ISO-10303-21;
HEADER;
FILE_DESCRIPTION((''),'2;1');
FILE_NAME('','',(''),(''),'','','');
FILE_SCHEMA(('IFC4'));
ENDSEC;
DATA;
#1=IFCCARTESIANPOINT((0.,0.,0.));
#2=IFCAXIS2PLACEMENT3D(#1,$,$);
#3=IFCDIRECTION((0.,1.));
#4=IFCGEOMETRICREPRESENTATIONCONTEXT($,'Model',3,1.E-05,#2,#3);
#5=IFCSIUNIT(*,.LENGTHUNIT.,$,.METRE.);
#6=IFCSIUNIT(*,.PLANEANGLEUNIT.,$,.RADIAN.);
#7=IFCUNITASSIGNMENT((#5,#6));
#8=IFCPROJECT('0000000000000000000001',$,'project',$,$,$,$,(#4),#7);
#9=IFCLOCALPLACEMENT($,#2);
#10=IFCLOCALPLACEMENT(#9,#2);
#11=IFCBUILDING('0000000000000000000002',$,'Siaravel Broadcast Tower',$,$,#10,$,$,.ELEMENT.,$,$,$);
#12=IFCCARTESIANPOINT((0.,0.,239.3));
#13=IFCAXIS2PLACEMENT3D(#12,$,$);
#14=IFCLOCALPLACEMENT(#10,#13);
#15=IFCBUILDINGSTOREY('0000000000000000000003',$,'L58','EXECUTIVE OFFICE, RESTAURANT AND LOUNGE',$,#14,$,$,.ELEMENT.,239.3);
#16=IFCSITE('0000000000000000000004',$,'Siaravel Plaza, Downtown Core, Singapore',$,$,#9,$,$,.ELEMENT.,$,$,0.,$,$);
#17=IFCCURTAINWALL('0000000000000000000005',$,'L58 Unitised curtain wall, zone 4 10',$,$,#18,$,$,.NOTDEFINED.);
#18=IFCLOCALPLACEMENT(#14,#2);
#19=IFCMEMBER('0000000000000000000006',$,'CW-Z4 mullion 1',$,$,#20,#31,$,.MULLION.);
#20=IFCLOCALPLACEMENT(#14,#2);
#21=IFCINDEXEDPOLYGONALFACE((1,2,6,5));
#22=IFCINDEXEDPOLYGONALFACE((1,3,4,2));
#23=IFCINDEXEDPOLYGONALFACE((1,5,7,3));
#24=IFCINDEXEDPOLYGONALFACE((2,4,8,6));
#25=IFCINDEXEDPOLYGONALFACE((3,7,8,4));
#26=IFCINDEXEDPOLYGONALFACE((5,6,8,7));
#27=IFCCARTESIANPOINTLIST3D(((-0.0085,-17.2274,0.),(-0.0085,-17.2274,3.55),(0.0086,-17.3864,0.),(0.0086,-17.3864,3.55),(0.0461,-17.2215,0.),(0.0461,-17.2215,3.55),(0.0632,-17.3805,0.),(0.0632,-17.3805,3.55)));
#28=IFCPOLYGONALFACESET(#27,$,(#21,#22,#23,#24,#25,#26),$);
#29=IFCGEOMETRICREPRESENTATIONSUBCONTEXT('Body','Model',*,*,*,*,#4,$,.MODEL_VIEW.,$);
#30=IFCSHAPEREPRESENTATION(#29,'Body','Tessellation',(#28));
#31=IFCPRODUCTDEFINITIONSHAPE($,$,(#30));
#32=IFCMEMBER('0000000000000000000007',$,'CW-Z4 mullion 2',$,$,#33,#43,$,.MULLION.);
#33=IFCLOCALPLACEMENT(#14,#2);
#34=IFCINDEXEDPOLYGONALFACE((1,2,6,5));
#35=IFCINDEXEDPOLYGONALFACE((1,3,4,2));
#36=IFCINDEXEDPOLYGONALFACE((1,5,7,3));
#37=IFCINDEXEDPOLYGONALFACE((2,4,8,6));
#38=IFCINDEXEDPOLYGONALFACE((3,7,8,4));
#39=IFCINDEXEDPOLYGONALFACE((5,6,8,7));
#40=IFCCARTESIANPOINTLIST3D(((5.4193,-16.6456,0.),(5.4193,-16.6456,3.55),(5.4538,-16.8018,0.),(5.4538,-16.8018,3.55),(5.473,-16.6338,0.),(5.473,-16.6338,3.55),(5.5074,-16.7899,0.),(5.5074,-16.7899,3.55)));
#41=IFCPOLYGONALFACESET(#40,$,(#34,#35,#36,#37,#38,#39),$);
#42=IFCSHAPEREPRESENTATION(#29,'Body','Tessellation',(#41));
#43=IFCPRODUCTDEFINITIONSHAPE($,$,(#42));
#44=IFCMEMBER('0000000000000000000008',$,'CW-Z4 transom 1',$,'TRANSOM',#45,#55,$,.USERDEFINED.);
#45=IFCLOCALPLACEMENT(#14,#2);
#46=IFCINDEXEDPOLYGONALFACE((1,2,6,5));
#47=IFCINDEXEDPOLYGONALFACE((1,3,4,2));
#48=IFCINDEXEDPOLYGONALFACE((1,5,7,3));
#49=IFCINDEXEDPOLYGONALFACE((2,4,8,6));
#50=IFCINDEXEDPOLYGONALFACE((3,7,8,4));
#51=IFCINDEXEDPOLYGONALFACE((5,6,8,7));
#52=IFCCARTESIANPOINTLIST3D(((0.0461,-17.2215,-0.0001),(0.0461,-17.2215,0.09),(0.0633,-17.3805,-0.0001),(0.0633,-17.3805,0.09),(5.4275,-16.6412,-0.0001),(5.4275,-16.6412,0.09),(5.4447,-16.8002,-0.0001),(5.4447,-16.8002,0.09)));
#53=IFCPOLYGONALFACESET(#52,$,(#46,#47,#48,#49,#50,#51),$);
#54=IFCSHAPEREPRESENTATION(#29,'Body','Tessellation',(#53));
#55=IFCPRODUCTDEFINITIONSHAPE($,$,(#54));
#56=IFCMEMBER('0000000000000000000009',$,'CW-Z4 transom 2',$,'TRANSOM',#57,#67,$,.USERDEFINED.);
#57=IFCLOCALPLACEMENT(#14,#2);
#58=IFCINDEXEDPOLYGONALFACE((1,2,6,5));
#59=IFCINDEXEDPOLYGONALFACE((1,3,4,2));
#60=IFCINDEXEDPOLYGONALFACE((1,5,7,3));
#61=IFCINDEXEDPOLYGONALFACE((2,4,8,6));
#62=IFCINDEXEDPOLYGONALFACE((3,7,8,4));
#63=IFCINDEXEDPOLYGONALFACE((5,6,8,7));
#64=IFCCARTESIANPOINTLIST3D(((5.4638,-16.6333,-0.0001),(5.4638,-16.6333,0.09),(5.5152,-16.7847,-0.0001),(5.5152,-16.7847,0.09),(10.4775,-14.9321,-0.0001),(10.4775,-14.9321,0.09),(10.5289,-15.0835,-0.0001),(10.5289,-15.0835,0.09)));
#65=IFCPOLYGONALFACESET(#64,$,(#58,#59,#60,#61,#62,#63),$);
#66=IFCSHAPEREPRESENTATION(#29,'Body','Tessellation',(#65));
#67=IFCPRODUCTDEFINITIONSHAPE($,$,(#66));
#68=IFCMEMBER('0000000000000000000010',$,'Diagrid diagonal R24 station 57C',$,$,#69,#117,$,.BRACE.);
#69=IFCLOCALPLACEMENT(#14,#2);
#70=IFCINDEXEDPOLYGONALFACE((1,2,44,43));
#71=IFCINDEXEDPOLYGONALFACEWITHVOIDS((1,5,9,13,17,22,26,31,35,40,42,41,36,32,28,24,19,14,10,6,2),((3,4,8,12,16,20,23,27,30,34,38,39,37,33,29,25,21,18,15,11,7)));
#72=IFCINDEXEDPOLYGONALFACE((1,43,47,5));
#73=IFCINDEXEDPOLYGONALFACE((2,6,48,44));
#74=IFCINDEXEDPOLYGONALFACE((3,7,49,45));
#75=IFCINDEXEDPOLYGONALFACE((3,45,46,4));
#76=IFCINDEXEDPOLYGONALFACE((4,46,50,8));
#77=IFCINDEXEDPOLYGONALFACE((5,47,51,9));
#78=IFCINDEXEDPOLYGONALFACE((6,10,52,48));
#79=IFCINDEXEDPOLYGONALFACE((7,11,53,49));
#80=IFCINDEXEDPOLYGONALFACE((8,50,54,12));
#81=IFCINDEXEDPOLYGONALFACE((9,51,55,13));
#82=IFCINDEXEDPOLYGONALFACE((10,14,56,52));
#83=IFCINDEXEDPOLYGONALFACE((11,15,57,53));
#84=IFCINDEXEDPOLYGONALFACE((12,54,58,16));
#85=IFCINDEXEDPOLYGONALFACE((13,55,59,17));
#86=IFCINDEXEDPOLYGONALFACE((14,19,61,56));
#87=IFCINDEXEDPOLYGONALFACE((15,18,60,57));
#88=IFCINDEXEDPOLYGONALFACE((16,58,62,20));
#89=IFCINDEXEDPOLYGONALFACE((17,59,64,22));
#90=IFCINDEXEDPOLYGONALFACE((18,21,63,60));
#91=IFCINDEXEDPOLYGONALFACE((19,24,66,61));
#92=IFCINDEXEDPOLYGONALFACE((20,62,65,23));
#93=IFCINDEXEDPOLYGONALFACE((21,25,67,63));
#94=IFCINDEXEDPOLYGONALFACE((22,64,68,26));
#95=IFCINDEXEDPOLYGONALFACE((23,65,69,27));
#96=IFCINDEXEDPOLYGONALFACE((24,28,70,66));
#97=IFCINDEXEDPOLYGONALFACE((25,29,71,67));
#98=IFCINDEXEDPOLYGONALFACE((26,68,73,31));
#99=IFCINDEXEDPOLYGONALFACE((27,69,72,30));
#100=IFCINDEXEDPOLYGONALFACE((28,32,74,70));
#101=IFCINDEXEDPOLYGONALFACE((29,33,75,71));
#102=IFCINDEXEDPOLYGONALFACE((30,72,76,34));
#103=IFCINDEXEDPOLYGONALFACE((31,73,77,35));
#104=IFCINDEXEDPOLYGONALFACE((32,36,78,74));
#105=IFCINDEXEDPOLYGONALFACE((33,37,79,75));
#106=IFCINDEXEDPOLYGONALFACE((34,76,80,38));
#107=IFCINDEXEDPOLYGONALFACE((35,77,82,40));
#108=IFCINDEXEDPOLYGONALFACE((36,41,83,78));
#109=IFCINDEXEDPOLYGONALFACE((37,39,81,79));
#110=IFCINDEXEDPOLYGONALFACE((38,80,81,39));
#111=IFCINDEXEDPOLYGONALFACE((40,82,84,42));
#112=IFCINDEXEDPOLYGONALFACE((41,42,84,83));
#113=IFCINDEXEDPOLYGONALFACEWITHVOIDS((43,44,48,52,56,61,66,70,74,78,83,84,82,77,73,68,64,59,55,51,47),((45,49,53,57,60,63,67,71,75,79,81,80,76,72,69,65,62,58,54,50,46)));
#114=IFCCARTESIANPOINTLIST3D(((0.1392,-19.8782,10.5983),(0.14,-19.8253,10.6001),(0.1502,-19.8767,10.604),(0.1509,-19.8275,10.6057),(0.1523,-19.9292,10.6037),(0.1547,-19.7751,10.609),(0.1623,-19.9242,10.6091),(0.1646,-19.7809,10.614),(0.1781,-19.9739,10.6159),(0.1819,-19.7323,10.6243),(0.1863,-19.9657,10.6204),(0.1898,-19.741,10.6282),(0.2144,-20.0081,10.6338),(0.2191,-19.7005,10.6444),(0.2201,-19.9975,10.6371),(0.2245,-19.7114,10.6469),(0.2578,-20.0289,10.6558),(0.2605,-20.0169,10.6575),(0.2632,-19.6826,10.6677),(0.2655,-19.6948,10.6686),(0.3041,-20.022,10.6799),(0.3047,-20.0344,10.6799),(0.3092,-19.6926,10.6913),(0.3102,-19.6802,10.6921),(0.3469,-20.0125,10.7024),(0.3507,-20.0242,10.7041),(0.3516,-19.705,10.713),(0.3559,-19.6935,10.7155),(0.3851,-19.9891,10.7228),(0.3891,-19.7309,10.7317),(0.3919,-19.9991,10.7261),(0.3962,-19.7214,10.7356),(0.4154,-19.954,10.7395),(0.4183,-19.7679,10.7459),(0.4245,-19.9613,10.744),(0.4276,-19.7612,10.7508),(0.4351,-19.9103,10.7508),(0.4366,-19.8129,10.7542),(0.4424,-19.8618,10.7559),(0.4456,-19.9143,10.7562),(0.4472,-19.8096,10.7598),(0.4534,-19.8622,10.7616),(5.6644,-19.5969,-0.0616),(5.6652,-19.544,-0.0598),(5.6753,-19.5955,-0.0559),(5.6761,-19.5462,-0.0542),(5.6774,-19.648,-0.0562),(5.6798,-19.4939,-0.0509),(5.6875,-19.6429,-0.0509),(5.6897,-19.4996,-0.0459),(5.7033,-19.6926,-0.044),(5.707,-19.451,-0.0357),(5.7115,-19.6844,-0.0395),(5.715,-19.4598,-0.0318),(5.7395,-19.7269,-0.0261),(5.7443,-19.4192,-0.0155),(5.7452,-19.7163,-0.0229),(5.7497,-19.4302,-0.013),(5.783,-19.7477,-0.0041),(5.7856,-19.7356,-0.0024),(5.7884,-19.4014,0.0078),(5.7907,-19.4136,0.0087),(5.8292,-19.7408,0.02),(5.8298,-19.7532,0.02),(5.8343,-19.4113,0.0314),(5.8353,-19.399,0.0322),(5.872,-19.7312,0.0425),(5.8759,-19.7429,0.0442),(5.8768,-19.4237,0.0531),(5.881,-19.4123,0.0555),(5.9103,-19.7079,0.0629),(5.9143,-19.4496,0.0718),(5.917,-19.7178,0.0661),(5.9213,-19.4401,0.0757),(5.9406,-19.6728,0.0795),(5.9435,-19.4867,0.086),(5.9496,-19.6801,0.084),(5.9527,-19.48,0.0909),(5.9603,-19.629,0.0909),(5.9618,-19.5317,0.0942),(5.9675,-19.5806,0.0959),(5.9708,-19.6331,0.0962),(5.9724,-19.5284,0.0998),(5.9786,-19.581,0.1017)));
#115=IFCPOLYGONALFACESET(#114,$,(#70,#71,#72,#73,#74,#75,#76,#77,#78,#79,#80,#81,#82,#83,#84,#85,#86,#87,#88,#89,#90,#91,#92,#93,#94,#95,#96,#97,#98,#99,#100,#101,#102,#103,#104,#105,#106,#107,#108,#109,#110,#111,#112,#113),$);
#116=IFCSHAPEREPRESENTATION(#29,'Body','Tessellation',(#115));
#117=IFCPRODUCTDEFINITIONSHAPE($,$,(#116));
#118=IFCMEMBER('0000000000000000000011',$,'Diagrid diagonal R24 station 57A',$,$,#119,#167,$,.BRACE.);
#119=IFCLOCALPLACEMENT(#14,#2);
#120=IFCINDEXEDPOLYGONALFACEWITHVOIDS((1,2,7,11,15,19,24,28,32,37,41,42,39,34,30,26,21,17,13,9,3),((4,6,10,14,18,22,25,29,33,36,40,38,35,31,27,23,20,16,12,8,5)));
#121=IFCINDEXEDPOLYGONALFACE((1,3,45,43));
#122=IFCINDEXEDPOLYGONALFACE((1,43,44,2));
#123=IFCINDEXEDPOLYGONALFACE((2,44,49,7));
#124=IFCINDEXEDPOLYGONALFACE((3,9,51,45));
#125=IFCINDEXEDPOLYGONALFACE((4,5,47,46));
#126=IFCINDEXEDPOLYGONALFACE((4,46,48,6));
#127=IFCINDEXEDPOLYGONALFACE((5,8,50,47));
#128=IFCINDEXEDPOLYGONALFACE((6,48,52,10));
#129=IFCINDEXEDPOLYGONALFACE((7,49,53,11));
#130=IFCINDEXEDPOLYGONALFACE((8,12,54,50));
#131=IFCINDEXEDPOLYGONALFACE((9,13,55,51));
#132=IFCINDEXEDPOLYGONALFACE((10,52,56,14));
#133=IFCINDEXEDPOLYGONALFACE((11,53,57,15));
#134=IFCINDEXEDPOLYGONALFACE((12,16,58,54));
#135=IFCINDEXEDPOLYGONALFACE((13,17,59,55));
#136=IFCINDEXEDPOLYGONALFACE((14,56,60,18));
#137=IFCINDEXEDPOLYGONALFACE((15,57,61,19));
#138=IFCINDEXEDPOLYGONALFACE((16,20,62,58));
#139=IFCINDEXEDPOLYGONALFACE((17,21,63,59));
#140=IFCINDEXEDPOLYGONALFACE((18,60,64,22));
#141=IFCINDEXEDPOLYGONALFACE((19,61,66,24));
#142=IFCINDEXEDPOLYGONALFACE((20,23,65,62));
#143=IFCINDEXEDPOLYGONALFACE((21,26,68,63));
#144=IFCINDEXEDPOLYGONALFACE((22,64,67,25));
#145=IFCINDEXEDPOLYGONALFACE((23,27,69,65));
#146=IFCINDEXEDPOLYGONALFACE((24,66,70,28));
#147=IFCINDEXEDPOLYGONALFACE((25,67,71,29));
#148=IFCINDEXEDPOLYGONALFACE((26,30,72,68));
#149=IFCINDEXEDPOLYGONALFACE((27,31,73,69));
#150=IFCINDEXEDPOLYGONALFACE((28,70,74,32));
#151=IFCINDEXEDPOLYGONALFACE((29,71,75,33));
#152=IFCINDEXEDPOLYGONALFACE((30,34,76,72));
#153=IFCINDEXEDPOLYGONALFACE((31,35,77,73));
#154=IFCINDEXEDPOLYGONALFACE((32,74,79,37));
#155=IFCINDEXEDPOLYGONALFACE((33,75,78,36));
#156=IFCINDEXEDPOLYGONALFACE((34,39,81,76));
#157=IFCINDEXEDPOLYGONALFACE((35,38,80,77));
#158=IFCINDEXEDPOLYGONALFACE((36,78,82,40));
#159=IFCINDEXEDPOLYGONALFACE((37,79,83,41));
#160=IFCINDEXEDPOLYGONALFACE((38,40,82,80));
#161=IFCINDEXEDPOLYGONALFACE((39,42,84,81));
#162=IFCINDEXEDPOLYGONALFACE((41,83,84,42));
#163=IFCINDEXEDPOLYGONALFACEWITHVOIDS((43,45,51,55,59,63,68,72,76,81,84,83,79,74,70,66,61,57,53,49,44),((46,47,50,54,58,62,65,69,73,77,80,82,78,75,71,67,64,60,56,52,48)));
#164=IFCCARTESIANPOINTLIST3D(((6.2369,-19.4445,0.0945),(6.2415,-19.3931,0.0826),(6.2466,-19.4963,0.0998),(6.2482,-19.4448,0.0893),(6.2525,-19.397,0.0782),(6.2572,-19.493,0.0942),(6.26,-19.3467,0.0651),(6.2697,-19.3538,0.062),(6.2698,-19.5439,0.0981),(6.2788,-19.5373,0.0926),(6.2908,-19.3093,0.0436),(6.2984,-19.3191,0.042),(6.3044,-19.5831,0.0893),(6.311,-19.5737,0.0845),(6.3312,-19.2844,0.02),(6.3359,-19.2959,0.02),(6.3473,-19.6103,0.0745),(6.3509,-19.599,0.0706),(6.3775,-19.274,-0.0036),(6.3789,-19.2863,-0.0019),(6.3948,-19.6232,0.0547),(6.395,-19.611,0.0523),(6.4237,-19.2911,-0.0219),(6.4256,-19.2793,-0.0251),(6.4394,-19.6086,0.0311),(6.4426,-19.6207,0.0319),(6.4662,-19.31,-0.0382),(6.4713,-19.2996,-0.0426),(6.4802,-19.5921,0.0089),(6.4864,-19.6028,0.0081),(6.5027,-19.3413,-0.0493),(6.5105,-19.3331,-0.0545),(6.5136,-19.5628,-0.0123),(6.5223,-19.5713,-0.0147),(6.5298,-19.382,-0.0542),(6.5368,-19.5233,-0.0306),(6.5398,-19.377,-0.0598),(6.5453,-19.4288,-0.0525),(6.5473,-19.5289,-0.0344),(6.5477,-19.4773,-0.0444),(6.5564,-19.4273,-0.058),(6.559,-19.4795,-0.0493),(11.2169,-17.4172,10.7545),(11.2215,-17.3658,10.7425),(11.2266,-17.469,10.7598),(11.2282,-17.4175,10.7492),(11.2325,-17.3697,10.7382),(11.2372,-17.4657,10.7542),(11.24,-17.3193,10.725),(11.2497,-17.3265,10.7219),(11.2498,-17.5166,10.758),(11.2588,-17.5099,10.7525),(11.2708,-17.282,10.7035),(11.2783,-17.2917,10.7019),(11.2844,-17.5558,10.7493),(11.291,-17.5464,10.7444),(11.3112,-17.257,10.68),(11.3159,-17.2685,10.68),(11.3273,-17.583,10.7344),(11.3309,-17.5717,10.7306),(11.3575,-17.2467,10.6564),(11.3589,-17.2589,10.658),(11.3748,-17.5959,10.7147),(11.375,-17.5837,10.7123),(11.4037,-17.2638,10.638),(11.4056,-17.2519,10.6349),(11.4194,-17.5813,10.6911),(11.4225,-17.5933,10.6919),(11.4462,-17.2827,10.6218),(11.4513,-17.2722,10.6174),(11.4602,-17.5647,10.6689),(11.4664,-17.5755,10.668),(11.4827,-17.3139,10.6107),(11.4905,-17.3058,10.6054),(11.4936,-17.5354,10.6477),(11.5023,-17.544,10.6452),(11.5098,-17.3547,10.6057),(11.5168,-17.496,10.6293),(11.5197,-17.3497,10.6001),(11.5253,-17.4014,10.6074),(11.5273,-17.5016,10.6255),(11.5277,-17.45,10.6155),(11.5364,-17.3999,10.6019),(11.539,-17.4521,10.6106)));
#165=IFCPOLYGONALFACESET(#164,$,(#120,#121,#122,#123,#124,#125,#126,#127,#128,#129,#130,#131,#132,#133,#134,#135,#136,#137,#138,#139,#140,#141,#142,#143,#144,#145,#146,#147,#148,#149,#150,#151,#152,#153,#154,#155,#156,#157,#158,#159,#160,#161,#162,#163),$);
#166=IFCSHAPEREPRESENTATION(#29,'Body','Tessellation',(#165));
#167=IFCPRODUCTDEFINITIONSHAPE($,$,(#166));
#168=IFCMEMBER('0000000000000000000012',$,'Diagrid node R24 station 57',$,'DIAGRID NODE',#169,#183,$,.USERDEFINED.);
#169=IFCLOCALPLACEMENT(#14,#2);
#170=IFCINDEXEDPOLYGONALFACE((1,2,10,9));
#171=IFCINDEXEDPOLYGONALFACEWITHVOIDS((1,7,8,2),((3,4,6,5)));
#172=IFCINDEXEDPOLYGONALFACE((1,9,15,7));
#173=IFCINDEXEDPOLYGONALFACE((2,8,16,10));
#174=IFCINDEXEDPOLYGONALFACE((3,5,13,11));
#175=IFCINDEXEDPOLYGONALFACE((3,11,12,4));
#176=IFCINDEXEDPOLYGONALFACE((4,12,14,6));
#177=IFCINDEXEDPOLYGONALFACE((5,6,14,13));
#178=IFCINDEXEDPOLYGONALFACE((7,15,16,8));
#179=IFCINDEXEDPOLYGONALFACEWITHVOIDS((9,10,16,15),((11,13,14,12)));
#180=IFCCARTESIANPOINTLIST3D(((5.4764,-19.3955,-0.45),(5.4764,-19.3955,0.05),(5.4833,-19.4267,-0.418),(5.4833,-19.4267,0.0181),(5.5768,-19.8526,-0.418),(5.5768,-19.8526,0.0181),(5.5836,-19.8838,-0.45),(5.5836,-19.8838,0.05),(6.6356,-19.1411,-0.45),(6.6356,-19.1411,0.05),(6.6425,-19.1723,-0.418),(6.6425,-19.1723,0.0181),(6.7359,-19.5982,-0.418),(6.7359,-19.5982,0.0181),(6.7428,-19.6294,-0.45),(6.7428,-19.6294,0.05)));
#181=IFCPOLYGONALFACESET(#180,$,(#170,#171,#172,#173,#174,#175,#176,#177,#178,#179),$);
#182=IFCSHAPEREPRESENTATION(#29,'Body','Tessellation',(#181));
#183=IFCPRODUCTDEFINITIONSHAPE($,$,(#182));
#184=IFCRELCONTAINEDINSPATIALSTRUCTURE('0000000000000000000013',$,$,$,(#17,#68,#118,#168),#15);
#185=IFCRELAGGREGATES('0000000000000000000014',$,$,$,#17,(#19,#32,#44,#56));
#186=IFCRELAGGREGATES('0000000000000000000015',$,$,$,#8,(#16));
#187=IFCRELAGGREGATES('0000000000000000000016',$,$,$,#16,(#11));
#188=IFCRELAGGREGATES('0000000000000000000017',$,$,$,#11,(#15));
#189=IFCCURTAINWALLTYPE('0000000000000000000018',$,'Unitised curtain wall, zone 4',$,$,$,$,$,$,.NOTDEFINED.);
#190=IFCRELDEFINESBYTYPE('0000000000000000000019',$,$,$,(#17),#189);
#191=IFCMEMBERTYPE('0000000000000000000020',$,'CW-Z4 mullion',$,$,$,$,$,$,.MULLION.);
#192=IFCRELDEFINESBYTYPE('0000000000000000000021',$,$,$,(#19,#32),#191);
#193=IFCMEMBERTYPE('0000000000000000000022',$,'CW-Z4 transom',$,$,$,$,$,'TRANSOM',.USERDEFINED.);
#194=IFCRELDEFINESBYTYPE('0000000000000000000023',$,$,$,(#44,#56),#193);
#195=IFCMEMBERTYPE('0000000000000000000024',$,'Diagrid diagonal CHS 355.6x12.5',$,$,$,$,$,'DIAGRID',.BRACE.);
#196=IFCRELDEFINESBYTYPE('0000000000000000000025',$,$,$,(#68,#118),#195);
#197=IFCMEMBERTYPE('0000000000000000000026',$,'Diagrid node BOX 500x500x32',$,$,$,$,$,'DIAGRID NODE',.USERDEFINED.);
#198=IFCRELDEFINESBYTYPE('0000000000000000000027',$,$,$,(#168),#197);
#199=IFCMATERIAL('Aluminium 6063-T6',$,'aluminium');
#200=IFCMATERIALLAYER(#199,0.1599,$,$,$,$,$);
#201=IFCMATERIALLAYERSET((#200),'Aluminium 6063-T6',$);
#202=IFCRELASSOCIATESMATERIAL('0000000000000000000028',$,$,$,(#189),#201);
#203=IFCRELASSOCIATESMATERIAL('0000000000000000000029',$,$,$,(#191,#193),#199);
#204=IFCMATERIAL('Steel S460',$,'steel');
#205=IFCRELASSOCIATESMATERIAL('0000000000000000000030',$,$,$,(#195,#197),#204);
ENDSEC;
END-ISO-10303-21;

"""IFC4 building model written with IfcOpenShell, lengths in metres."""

from ifc_helpers import new_model, si_unit, direction, frame, origin, origin_2d, place, context, subcontext, project, spatial, rectangle, hollow_rectangle, hollow_circle, extrude, material, layer, layer_set, material_profile, profile_set, type_object, element, aggregate, save


model = new_model("IFC4")

# Units and contexts
model_context = context("Model", 3, precision=1e-05, world=origin(), true_north=direction((0.0, 1.0)))
body_context = subcontext(model_context, "Body", "Model", "MODEL_VIEW")
ifc_project = project(units=[si_unit("LENGTHUNIT", "METRE"), si_unit("PLANEANGLEUNIT", "RADIAN")], contexts=[model_context])

# Site, building, storey
site_placement = place(None, origin())
site = spatial("IfcSite", under=ifc_project, at=site_placement, Name="Siaravel Plaza, Downtown Core, Singapore", CompositionType="ELEMENT", RefElevation=0.0)
building_placement = place(site_placement, origin())
building = spatial("IfcBuilding", under=site, at=building_placement, Name="Siaravel Broadcast Tower", CompositionType="ELEMENT")
storey_placement = place(building_placement, frame((0.0, 0.0, 239.3)))
storey = spatial("IfcBuildingStorey", under=building, at=storey_placement, Name="L58", Description="EXECUTIVE OFFICE, RESTAURANT AND LOUNGE", CompositionType="ELEMENT", Elevation=239.3)

# Curtain wall, members
ifc_material_1 = material(Name="Aluminium 6063-T6", Category="aluminium")
ifc_layer_1 = layer(ifc_material_1, 0.1599)
ifc_layer_set_1 = layer_set([ifc_layer_1], Name="Aluminium 6063-T6")
curtain_wall_type = type_object("IfcCurtainWallType", Name="Unitised curtain wall, zone 4", PredefinedType="NOTDEFINED", material=ifc_layer_set_1)
curtain_wall_placement = place(storey_placement, origin())
curtain_wall = element("IfcCurtainWall", 1, at=curtain_wall_placement, inside=storey, type_object=curtain_wall_type, Name="L58 Unitised curtain wall, zone 4 10", PredefinedType="NOTDEFINED")
ifc_material_profile_1 = material_profile(ifc_material_1, rectangle(XDim=0.1599, YDim=0.0549, at=origin_2d()))
ifc_profile_set_1 = profile_set([ifc_material_profile_1], Name="Aluminium 6063-T6")
member_type_1 = type_object("IfcMemberType", Name="CW-Z4 mullion", PredefinedType="MULLION", material=ifc_profile_set_1)
member_1_placement = place(storey_placement, frame((0.0273, -17.304, 0.0), z_axis=(0.0, 0.0, 1.0), x_axis=(-0.107218, 0.994236, 0.0)))
member_1 = element("IfcMember", 2, at=member_1_placement, type_object=member_type_1, Name="CW-Z4 mullion 1", PredefinedType="MULLION", context=body_context, shape_type="SweptSolid", body=[
    extrude(rectangle(XDim=0.1599, YDim=0.0549, at=origin_2d()), origin(), (0.0, 0.0, 1.0), 3.55),
])
member_2_placement = place(storey_placement, frame((5.4634, -16.7178, 0.0), z_axis=(0.0, 0.0, 1.0), x_axis=(-0.215559, 0.976491, 0.0)))
member_2 = element("IfcMember", 3, at=member_2_placement, type_object=member_type_1, Name="CW-Z4 mullion 2", PredefinedType="MULLION", context=body_context, shape_type="SweptSolid", body=[
    extrude(rectangle(XDim=0.1599, YDim=0.0549, at=origin_2d()), origin(), (0.0, 0.0, 1.0), 3.55),
])
ifc_material_profile_2 = material_profile(ifc_material_1, rectangle(XDim=0.1599, YDim=0.0901, at=origin_2d()))
ifc_profile_set_2 = profile_set([ifc_material_profile_2], Name="Aluminium 6063-T6")
member_type_2 = type_object("IfcMemberType", Name="CW-Z4 transom", ElementType="TRANSOM", PredefinedType="USERDEFINED", material=ifc_profile_set_2)
member_3_placement = place(storey_placement, frame((0.0547, -17.301, 0.0449), z_axis=(0.994236, 0.107218, 0.0), x_axis=(-0.107218, 0.994236, 0.0)))
member_3 = element("IfcMember", 4, at=member_3_placement, type_object=member_type_2, Name="CW-Z4 transom 1", ObjectType="TRANSOM", PredefinedType="USERDEFINED", context=body_context, shape_type="SweptSolid", body=[
    extrude(rectangle(XDim=0.1599, YDim=0.0901, at=origin_2d()), origin(), (0.0, 0.0, 1.0), 5.4126),
])
member_4_placement = place(storey_placement, frame((5.4895, -16.709, 0.0449), z_axis=(0.946973, 0.321314, 0.0), x_axis=(-0.321314, 0.946973, 0.0)))
member_4 = element("IfcMember", 5, at=member_4_placement, type_object=member_type_2, Name="CW-Z4 transom 2", ObjectType="TRANSOM", PredefinedType="USERDEFINED", context=body_context, shape_type="SweptSolid", body=[
    extrude(rectangle(XDim=0.1599, YDim=0.0901, at=origin_2d()), origin(), (0.0, 0.0, 1.0), 5.2944),
])

# Members
ifc_material_2 = material(Name="Steel S460", Category="steel")
ifc_material_profile_3 = material_profile(ifc_material_2, hollow_circle(Radius=0.1777, WallThickness=0.0125, at=origin_2d()))
ifc_profile_set_3 = profile_set([ifc_material_profile_3], Name="Steel S460")
member_type_3 = type_object("IfcMemberType", Name="Diagrid diagonal CHS 355.6x12.5", ElementType="DIAGRID", PredefinedType="BRACE", material=ifc_profile_set_3)
member_5_placement = place(storey_placement, frame((5.8208, -19.5757, 0.02), z_axis=(-0.460046, -0.023418, 0.887586), x_axis=(0.050838, -0.998707, 0.0)))
element("IfcMember", 6, at=member_5_placement, inside=storey, type_object=member_type_3, Name="Diagrid diagonal R24 station 57C", PredefinedType="BRACE", context=body_context, shape_type="SweptSolid", body=[
    extrude(hollow_circle(Radius=0.1777, WallThickness=0.0125, at=origin_2d()), origin(), (0.0, 0.0, 1.0), 12.01),
])
member_6_placement = place(storey_placement, frame((6.3982, -19.449, 0.02), z_axis=(0.417112, 0.169806, 0.892851), x_axis=(-0.377052, 0.926192, 0.0)))
element("IfcMember", 7, at=member_6_placement, inside=storey, type_object=member_type_3, Name="Diagrid diagonal R24 station 57A", PredefinedType="BRACE", context=body_context, shape_type="SweptSolid", body=[
    extrude(hollow_circle(Radius=0.1777, WallThickness=0.0125, at=origin_2d()), origin(), (0.0, 0.0, 1.0), 11.9392),
])
ifc_material_profile_4 = material_profile(ifc_material_2, hollow_rectangle(XDim=0.5, YDim=0.5, WallThickness=0.032, at=origin_2d()))
ifc_profile_set_4 = profile_set([ifc_material_profile_4], Name="Steel S460")
member_type_4 = type_object("IfcMemberType", Name="Diagrid node BOX 500x500x32", ElementType="DIAGRID NODE", PredefinedType="USERDEFINED", material=ifc_profile_set_4)
member_7_placement = place(storey_placement, frame((5.53, -19.6396, -0.2), z_axis=(0.976755, 0.214359, 0.0), x_axis=(-0.214359, 0.976755, 0.0)))
element("IfcMember", 8, at=member_7_placement, inside=storey, type_object=member_type_4, Name="Diagrid node R24 station 57", ObjectType="DIAGRID NODE", PredefinedType="USERDEFINED", context=body_context, shape_type="SweptSolid", body=[
    extrude(hollow_rectangle(XDim=0.5, YDim=0.5, WallThickness=0.032, at=origin_2d()), origin(), (0.0, 0.0, 1.0), 1.1868),
])

aggregate(curtain_wall, [member_1, member_2, member_3, member_4])

save(model, "model.ifc")
